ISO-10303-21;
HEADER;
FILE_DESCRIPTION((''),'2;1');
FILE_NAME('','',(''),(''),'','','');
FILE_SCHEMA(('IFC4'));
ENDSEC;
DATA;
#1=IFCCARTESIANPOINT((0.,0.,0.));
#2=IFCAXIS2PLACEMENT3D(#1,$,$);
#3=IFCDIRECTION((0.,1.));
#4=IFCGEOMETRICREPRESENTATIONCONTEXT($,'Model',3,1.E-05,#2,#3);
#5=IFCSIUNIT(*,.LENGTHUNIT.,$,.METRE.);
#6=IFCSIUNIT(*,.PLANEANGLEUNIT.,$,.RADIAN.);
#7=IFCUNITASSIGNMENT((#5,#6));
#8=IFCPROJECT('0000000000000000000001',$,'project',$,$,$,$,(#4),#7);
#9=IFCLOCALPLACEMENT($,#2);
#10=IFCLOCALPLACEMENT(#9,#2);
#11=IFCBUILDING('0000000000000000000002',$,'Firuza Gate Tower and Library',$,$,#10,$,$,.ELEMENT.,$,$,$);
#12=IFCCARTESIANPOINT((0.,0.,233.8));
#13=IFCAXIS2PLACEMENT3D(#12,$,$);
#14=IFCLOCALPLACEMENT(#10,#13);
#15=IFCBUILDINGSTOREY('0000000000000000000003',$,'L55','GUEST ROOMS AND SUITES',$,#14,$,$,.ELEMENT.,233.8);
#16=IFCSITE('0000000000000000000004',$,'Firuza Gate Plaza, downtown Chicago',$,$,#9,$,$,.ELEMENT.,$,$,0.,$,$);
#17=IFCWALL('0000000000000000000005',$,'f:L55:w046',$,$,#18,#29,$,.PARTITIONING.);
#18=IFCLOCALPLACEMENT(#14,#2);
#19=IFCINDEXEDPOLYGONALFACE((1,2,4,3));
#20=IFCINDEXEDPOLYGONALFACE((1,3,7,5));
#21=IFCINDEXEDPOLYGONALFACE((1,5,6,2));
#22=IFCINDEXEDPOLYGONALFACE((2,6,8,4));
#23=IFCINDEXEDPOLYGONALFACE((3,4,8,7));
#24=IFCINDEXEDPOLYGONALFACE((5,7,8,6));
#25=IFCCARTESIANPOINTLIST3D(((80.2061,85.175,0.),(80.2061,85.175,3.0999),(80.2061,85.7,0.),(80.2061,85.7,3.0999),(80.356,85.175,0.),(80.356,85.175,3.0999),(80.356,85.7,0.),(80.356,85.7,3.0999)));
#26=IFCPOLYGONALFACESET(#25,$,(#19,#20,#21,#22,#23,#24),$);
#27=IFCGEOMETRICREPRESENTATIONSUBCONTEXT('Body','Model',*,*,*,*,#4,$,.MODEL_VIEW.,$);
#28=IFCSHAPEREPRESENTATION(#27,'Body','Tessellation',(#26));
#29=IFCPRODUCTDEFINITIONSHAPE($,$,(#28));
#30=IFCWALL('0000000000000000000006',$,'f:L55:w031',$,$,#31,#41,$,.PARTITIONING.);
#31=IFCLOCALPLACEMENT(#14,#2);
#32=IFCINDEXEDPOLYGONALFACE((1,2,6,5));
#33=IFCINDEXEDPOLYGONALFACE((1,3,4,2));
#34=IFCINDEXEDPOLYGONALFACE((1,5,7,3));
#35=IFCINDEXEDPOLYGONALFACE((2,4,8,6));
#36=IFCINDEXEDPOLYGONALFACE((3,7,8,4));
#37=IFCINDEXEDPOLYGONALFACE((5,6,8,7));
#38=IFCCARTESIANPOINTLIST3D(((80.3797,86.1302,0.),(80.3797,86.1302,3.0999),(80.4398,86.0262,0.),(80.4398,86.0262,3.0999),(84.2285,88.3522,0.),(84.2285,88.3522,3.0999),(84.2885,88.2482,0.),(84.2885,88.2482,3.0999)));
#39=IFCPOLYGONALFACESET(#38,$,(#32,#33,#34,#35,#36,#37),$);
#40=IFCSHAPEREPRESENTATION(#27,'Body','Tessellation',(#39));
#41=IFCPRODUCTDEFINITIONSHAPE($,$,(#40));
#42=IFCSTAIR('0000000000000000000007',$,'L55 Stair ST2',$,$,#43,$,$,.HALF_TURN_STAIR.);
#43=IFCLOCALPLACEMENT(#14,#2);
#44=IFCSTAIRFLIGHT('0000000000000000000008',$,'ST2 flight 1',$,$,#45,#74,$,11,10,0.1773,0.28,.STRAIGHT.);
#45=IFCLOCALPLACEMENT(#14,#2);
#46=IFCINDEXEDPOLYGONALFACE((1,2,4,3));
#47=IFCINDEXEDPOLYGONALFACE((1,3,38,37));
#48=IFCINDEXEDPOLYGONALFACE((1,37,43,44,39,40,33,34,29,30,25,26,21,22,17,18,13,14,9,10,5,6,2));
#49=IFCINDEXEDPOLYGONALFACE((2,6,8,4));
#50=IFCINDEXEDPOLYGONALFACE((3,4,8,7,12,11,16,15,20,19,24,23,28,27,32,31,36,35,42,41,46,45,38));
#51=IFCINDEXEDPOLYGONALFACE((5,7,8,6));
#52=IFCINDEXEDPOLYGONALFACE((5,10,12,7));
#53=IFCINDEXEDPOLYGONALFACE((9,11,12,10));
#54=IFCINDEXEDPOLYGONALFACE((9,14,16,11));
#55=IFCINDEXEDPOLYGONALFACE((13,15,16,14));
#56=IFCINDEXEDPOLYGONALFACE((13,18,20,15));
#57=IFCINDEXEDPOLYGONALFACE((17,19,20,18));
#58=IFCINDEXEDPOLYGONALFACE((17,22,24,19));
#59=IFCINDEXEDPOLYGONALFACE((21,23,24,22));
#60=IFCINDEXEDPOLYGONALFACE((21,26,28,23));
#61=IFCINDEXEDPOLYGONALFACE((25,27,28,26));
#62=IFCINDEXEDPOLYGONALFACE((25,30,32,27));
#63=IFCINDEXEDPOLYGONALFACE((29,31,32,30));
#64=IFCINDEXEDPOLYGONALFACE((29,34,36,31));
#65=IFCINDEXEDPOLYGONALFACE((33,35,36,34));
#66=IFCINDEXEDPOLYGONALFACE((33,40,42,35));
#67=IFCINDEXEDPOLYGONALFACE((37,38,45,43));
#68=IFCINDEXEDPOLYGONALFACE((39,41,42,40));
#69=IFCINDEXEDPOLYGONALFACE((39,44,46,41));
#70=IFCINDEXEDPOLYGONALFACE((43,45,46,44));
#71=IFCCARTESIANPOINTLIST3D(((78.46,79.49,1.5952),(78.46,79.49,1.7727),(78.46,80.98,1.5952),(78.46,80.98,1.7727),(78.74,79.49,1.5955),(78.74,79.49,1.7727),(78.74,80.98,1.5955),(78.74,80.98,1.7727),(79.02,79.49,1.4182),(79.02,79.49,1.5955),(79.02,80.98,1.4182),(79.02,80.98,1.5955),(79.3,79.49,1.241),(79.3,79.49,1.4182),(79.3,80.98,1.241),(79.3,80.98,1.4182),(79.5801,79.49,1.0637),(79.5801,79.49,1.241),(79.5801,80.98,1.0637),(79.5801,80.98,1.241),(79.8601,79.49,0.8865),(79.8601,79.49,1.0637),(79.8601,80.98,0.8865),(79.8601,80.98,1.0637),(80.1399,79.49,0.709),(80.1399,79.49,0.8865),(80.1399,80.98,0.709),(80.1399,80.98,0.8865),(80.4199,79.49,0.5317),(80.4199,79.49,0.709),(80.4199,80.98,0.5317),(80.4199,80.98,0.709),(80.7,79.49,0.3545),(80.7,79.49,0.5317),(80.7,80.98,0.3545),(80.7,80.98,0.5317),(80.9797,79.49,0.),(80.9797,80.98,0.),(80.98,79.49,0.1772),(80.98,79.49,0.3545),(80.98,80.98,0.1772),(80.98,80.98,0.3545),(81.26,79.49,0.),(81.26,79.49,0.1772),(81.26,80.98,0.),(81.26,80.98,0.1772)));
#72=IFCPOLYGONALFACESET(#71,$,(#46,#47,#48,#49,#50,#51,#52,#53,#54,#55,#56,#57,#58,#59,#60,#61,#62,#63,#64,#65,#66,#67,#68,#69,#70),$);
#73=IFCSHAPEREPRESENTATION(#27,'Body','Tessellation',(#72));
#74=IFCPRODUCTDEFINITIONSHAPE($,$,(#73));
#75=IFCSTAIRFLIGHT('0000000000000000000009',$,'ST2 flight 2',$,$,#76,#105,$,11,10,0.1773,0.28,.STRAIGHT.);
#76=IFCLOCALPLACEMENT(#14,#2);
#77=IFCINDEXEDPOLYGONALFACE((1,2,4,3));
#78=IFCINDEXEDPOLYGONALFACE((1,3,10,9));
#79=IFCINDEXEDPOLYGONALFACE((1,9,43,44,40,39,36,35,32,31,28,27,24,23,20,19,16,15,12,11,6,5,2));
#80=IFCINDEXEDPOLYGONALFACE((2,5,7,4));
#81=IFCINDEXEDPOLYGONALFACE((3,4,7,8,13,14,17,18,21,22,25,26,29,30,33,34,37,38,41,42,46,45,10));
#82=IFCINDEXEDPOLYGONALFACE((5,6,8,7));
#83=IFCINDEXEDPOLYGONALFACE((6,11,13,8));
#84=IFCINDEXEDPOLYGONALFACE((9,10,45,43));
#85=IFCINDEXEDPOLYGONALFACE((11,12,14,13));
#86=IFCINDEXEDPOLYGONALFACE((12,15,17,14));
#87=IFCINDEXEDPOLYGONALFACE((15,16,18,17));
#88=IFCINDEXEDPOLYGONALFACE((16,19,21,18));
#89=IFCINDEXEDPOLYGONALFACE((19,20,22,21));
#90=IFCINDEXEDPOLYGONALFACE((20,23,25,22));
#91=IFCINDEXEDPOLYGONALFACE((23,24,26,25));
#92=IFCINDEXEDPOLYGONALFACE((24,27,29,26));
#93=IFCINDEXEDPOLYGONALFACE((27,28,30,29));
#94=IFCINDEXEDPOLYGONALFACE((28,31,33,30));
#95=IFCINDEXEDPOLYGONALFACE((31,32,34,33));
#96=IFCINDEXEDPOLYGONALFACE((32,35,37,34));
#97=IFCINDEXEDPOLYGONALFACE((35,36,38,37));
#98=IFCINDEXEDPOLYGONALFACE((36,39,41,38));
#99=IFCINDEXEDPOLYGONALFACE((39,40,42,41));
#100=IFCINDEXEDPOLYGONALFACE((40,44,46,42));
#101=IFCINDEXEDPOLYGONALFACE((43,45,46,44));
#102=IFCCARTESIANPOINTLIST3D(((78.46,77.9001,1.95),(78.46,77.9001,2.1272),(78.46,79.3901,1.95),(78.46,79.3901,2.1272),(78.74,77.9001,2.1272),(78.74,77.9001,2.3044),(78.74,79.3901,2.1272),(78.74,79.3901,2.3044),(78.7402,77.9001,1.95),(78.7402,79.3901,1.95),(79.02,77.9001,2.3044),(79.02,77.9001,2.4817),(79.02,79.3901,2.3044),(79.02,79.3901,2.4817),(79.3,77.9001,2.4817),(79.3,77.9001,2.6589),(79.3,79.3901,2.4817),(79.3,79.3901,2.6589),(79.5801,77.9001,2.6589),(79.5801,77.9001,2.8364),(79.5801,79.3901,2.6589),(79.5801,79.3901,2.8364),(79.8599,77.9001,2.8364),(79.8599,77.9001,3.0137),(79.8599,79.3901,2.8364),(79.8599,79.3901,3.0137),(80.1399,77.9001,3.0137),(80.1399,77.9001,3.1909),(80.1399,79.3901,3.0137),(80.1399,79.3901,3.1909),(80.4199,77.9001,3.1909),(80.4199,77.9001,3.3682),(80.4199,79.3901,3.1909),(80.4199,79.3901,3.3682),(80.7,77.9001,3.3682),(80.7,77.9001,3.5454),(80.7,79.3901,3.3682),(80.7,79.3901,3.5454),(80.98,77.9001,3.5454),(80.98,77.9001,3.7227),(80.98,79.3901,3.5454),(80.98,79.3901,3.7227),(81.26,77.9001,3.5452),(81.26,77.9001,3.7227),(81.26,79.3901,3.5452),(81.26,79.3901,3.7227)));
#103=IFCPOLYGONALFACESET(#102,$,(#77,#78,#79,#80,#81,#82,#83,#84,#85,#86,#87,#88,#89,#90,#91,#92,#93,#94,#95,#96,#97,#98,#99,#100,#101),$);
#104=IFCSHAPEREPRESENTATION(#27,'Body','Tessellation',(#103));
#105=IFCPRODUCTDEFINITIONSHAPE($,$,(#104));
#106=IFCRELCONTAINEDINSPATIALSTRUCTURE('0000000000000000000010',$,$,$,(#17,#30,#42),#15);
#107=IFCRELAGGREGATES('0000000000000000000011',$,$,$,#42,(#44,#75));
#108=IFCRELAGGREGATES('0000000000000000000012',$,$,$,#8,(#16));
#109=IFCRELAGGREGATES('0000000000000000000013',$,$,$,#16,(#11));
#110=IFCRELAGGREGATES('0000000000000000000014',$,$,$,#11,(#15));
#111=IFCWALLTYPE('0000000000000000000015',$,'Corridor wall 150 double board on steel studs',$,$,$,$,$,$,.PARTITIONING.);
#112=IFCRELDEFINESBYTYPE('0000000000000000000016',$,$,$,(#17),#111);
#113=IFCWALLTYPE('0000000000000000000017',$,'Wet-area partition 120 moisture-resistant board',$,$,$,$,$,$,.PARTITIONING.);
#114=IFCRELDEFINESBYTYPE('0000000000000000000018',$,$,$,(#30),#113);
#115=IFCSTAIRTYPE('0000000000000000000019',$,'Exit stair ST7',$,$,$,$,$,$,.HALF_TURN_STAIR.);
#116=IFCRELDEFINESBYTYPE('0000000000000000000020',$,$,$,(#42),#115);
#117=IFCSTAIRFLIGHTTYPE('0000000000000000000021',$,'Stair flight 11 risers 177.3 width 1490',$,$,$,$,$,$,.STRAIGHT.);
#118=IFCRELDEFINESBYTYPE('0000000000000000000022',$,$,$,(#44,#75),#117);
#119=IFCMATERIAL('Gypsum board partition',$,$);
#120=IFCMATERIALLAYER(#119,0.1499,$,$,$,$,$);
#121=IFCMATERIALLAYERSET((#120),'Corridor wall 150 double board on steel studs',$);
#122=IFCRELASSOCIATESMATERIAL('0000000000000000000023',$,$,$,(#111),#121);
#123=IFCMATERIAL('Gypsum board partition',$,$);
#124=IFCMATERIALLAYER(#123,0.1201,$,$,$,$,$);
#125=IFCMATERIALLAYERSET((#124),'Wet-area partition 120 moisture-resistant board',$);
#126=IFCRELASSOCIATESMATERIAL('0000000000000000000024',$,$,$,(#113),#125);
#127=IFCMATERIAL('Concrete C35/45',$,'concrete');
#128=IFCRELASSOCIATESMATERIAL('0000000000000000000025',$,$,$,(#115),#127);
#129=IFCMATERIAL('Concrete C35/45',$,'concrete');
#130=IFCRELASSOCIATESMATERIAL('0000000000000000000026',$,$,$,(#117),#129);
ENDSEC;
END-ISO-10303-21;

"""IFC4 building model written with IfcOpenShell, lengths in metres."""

from ifc_helpers import new_model, si_unit, direction, frame, frame_2d, origin, place, context, subcontext, project, spatial, polyline, rectangle, outline, extrude, material, layer, layer_set, type_object, element, aggregate, save


model = new_model("IFC4")

# Units and contexts
model_context = context("Model", 3, precision=1e-05, world=origin(), true_north=direction((0.0, 1.0)))
body_context = subcontext(model_context, "Body", "Model", "MODEL_VIEW")
ifc_project = project(units=[si_unit("LENGTHUNIT", "METRE"), si_unit("PLANEANGLEUNIT", "RADIAN")], contexts=[model_context])

# Site, building, storey
site_placement = place(None, origin())
site = spatial("IfcSite", under=ifc_project, at=site_placement, Name="Firuza Gate Plaza, downtown Chicago", CompositionType="ELEMENT", RefElevation=0.0)
building_placement = place(site_placement, origin())
building = spatial("IfcBuilding", under=site, at=building_placement, Name="Firuza Gate Tower and Library", CompositionType="ELEMENT")
storey_placement = place(building_placement, frame((0.0, 0.0, 233.8)))
storey = spatial("IfcBuildingStorey", under=building, at=storey_placement, Name="L55", Description="GUEST ROOMS AND SUITES", CompositionType="ELEMENT", Elevation=233.8)

# Walls
ifc_material_1 = material(Name="Gypsum board partition")
ifc_layer_1 = layer(ifc_material_1, 0.1499)
ifc_layer_set_1 = layer_set([ifc_layer_1], Name="Corridor wall 150 double board on steel studs")
wall_type_1 = type_object("IfcWallType", Name="Corridor wall 150 double board on steel studs", PredefinedType="PARTITIONING", material=ifc_layer_set_1)
wall_1_placement = place(storey_placement, frame((80.281, 85.175, 0.0), z_axis=(0.0, 0.0, 1.0), x_axis=(0.0, 1.0, 0.0)))
element("IfcWall", 1, at=wall_1_placement, inside=storey, type_object=wall_type_1, Name="f:L55:w046", PredefinedType="PARTITIONING", context=body_context, shape_type="SweptSolid", body=[
    extrude(rectangle(XDim=0.5249, YDim=0.1499, at=frame_2d((0.2625, 0.0))), origin(), (0.0, 0.0, 1.0), 3.0999),
])
ifc_material_2 = material(Name="Gypsum board partition")
ifc_layer_2 = layer(ifc_material_2, 0.1201)
ifc_layer_set_2 = layer_set([ifc_layer_2], Name="Wet-area partition 120 moisture-resistant board")
wall_type_2 = type_object("IfcWallType", Name="Wet-area partition 120 moisture-resistant board", PredefinedType="PARTITIONING", material=ifc_layer_set_2)
wall_2_placement = place(storey_placement, frame((80.4097, 86.0781, 0.0), z_axis=(0.0, 0.0, 1.0), x_axis=(0.866034, 0.499986, 0.0)))
element("IfcWall", 2, at=wall_2_placement, inside=storey, type_object=wall_type_2, Name="f:L55:w031", PredefinedType="PARTITIONING", context=body_context, shape_type="SweptSolid", body=[
    extrude(rectangle(XDim=4.4441, YDim=0.1201, at=frame_2d((2.2222, 0.0))), origin(), (0.0, 0.0, 1.0), 3.0999),
])

# Stair, stair flights
ifc_material_3 = material(Name="Concrete C35/45", Category="concrete")
stair_type = type_object("IfcStairType", Name="Exit stair ST7", PredefinedType="HALF_TURN_STAIR", material=ifc_material_3)
stair_placement = place(storey_placement, origin())
stair = element("IfcStair", 3, at=stair_placement, inside=storey, type_object=stair_type, Name="L55 Stair ST2", PredefinedType="HALF_TURN_STAIR")
ifc_material_4 = material(Name="Concrete C35/45", Category="concrete")
stair_flight_type = type_object("IfcStairFlightType", Name="Stair flight 11 risers 177.3 width 1490", PredefinedType="STRAIGHT", material=ifc_material_4)
stair_flight_1_placement = place(storey_placement, frame((81.26, 80.2351, 0.0), z_axis=(0.0, 0.0, 1.0), x_axis=(-1.0, 0.0, 0.0)))
stair_flight_1 = element("IfcStairFlight", 4, at=stair_flight_1_placement, type_object=stair_flight_type, Name="ST2 flight 1", NumberOfRisers=11, NumberOfTreads=10, PredefinedType="STRAIGHT", RiserHeight=0.1773, TreadLength=0.28, context=body_context, shape_type="SweptSolid", body=[
    extrude(outline(polyline([(0.0, 0.0), (0.0, 0.1772), (0.28, 0.1772), (0.28, 0.3545), (0.5601, 0.3545), (0.5601, 0.5317), (0.8401, 0.5317), (0.8401, 0.709), (1.1201, 0.709), (1.1201, 0.8865), (1.3999, 0.8865), (1.3999, 1.0637), (1.6799, 1.0637), (1.6799, 1.241), (1.96, 1.241), (1.96, 1.4182), (2.24, 1.4182), (2.24, 1.5955), (2.52, 1.5955), (2.52, 1.7727), (2.8, 1.7727), (2.8, 1.95), (2.8, 1.5952), (0.2803, 0.0), (0.0, 0.0)])), frame((0.0, 0.7451, 0.0), z_axis=(0.0, -1.0, 0.0), x_axis=(1.0, 0.0, 0.0)), (0.0, 0.0, 1.0), 1.49),
])
stair_flight_2_placement = place(storey_placement, frame((78.46, 78.645, 1.95), z_axis=(0.0, 0.0, 1.0), x_axis=(1.0, 0.0, 0.0)))
stair_flight_2 = element("IfcStairFlight", 5, at=stair_flight_2_placement, type_object=stair_flight_type, Name="ST2 flight 2", NumberOfRisers=11, NumberOfTreads=10, PredefinedType="STRAIGHT", RiserHeight=0.1773, TreadLength=0.28, context=body_context, shape_type="SweptSolid", body=[
    extrude(outline(polyline([(0.0, 0.0), (0.0, 0.1772), (0.28, 0.1772), (0.28, 0.3545), (0.5601, 0.3545), (0.5601, 0.5317), (0.8401, 0.5317), (0.8401, 0.709), (1.1201, 0.709), (1.1201, 0.8865), (1.3999, 0.8865), (1.3999, 1.0637), (1.6799, 1.0637), (1.6799, 1.241), (1.96, 1.241), (1.96, 1.4182), (2.24, 1.4182), (2.24, 1.5955), (2.52, 1.5955), (2.52, 1.7727), (2.8, 1.7727), (2.8, 1.95), (2.8, 1.5952), (0.2803, 0.0), (0.0, 0.0)])), frame((0.0, 0.7451, 0.0), z_axis=(0.0, -1.0, 0.0), x_axis=(1.0, 0.0, 0.0)), (0.0, 0.0, 1.0), 1.49),
])
aggregate(stair, [stair_flight_1, stair_flight_2])

save(model, "model.ifc")
